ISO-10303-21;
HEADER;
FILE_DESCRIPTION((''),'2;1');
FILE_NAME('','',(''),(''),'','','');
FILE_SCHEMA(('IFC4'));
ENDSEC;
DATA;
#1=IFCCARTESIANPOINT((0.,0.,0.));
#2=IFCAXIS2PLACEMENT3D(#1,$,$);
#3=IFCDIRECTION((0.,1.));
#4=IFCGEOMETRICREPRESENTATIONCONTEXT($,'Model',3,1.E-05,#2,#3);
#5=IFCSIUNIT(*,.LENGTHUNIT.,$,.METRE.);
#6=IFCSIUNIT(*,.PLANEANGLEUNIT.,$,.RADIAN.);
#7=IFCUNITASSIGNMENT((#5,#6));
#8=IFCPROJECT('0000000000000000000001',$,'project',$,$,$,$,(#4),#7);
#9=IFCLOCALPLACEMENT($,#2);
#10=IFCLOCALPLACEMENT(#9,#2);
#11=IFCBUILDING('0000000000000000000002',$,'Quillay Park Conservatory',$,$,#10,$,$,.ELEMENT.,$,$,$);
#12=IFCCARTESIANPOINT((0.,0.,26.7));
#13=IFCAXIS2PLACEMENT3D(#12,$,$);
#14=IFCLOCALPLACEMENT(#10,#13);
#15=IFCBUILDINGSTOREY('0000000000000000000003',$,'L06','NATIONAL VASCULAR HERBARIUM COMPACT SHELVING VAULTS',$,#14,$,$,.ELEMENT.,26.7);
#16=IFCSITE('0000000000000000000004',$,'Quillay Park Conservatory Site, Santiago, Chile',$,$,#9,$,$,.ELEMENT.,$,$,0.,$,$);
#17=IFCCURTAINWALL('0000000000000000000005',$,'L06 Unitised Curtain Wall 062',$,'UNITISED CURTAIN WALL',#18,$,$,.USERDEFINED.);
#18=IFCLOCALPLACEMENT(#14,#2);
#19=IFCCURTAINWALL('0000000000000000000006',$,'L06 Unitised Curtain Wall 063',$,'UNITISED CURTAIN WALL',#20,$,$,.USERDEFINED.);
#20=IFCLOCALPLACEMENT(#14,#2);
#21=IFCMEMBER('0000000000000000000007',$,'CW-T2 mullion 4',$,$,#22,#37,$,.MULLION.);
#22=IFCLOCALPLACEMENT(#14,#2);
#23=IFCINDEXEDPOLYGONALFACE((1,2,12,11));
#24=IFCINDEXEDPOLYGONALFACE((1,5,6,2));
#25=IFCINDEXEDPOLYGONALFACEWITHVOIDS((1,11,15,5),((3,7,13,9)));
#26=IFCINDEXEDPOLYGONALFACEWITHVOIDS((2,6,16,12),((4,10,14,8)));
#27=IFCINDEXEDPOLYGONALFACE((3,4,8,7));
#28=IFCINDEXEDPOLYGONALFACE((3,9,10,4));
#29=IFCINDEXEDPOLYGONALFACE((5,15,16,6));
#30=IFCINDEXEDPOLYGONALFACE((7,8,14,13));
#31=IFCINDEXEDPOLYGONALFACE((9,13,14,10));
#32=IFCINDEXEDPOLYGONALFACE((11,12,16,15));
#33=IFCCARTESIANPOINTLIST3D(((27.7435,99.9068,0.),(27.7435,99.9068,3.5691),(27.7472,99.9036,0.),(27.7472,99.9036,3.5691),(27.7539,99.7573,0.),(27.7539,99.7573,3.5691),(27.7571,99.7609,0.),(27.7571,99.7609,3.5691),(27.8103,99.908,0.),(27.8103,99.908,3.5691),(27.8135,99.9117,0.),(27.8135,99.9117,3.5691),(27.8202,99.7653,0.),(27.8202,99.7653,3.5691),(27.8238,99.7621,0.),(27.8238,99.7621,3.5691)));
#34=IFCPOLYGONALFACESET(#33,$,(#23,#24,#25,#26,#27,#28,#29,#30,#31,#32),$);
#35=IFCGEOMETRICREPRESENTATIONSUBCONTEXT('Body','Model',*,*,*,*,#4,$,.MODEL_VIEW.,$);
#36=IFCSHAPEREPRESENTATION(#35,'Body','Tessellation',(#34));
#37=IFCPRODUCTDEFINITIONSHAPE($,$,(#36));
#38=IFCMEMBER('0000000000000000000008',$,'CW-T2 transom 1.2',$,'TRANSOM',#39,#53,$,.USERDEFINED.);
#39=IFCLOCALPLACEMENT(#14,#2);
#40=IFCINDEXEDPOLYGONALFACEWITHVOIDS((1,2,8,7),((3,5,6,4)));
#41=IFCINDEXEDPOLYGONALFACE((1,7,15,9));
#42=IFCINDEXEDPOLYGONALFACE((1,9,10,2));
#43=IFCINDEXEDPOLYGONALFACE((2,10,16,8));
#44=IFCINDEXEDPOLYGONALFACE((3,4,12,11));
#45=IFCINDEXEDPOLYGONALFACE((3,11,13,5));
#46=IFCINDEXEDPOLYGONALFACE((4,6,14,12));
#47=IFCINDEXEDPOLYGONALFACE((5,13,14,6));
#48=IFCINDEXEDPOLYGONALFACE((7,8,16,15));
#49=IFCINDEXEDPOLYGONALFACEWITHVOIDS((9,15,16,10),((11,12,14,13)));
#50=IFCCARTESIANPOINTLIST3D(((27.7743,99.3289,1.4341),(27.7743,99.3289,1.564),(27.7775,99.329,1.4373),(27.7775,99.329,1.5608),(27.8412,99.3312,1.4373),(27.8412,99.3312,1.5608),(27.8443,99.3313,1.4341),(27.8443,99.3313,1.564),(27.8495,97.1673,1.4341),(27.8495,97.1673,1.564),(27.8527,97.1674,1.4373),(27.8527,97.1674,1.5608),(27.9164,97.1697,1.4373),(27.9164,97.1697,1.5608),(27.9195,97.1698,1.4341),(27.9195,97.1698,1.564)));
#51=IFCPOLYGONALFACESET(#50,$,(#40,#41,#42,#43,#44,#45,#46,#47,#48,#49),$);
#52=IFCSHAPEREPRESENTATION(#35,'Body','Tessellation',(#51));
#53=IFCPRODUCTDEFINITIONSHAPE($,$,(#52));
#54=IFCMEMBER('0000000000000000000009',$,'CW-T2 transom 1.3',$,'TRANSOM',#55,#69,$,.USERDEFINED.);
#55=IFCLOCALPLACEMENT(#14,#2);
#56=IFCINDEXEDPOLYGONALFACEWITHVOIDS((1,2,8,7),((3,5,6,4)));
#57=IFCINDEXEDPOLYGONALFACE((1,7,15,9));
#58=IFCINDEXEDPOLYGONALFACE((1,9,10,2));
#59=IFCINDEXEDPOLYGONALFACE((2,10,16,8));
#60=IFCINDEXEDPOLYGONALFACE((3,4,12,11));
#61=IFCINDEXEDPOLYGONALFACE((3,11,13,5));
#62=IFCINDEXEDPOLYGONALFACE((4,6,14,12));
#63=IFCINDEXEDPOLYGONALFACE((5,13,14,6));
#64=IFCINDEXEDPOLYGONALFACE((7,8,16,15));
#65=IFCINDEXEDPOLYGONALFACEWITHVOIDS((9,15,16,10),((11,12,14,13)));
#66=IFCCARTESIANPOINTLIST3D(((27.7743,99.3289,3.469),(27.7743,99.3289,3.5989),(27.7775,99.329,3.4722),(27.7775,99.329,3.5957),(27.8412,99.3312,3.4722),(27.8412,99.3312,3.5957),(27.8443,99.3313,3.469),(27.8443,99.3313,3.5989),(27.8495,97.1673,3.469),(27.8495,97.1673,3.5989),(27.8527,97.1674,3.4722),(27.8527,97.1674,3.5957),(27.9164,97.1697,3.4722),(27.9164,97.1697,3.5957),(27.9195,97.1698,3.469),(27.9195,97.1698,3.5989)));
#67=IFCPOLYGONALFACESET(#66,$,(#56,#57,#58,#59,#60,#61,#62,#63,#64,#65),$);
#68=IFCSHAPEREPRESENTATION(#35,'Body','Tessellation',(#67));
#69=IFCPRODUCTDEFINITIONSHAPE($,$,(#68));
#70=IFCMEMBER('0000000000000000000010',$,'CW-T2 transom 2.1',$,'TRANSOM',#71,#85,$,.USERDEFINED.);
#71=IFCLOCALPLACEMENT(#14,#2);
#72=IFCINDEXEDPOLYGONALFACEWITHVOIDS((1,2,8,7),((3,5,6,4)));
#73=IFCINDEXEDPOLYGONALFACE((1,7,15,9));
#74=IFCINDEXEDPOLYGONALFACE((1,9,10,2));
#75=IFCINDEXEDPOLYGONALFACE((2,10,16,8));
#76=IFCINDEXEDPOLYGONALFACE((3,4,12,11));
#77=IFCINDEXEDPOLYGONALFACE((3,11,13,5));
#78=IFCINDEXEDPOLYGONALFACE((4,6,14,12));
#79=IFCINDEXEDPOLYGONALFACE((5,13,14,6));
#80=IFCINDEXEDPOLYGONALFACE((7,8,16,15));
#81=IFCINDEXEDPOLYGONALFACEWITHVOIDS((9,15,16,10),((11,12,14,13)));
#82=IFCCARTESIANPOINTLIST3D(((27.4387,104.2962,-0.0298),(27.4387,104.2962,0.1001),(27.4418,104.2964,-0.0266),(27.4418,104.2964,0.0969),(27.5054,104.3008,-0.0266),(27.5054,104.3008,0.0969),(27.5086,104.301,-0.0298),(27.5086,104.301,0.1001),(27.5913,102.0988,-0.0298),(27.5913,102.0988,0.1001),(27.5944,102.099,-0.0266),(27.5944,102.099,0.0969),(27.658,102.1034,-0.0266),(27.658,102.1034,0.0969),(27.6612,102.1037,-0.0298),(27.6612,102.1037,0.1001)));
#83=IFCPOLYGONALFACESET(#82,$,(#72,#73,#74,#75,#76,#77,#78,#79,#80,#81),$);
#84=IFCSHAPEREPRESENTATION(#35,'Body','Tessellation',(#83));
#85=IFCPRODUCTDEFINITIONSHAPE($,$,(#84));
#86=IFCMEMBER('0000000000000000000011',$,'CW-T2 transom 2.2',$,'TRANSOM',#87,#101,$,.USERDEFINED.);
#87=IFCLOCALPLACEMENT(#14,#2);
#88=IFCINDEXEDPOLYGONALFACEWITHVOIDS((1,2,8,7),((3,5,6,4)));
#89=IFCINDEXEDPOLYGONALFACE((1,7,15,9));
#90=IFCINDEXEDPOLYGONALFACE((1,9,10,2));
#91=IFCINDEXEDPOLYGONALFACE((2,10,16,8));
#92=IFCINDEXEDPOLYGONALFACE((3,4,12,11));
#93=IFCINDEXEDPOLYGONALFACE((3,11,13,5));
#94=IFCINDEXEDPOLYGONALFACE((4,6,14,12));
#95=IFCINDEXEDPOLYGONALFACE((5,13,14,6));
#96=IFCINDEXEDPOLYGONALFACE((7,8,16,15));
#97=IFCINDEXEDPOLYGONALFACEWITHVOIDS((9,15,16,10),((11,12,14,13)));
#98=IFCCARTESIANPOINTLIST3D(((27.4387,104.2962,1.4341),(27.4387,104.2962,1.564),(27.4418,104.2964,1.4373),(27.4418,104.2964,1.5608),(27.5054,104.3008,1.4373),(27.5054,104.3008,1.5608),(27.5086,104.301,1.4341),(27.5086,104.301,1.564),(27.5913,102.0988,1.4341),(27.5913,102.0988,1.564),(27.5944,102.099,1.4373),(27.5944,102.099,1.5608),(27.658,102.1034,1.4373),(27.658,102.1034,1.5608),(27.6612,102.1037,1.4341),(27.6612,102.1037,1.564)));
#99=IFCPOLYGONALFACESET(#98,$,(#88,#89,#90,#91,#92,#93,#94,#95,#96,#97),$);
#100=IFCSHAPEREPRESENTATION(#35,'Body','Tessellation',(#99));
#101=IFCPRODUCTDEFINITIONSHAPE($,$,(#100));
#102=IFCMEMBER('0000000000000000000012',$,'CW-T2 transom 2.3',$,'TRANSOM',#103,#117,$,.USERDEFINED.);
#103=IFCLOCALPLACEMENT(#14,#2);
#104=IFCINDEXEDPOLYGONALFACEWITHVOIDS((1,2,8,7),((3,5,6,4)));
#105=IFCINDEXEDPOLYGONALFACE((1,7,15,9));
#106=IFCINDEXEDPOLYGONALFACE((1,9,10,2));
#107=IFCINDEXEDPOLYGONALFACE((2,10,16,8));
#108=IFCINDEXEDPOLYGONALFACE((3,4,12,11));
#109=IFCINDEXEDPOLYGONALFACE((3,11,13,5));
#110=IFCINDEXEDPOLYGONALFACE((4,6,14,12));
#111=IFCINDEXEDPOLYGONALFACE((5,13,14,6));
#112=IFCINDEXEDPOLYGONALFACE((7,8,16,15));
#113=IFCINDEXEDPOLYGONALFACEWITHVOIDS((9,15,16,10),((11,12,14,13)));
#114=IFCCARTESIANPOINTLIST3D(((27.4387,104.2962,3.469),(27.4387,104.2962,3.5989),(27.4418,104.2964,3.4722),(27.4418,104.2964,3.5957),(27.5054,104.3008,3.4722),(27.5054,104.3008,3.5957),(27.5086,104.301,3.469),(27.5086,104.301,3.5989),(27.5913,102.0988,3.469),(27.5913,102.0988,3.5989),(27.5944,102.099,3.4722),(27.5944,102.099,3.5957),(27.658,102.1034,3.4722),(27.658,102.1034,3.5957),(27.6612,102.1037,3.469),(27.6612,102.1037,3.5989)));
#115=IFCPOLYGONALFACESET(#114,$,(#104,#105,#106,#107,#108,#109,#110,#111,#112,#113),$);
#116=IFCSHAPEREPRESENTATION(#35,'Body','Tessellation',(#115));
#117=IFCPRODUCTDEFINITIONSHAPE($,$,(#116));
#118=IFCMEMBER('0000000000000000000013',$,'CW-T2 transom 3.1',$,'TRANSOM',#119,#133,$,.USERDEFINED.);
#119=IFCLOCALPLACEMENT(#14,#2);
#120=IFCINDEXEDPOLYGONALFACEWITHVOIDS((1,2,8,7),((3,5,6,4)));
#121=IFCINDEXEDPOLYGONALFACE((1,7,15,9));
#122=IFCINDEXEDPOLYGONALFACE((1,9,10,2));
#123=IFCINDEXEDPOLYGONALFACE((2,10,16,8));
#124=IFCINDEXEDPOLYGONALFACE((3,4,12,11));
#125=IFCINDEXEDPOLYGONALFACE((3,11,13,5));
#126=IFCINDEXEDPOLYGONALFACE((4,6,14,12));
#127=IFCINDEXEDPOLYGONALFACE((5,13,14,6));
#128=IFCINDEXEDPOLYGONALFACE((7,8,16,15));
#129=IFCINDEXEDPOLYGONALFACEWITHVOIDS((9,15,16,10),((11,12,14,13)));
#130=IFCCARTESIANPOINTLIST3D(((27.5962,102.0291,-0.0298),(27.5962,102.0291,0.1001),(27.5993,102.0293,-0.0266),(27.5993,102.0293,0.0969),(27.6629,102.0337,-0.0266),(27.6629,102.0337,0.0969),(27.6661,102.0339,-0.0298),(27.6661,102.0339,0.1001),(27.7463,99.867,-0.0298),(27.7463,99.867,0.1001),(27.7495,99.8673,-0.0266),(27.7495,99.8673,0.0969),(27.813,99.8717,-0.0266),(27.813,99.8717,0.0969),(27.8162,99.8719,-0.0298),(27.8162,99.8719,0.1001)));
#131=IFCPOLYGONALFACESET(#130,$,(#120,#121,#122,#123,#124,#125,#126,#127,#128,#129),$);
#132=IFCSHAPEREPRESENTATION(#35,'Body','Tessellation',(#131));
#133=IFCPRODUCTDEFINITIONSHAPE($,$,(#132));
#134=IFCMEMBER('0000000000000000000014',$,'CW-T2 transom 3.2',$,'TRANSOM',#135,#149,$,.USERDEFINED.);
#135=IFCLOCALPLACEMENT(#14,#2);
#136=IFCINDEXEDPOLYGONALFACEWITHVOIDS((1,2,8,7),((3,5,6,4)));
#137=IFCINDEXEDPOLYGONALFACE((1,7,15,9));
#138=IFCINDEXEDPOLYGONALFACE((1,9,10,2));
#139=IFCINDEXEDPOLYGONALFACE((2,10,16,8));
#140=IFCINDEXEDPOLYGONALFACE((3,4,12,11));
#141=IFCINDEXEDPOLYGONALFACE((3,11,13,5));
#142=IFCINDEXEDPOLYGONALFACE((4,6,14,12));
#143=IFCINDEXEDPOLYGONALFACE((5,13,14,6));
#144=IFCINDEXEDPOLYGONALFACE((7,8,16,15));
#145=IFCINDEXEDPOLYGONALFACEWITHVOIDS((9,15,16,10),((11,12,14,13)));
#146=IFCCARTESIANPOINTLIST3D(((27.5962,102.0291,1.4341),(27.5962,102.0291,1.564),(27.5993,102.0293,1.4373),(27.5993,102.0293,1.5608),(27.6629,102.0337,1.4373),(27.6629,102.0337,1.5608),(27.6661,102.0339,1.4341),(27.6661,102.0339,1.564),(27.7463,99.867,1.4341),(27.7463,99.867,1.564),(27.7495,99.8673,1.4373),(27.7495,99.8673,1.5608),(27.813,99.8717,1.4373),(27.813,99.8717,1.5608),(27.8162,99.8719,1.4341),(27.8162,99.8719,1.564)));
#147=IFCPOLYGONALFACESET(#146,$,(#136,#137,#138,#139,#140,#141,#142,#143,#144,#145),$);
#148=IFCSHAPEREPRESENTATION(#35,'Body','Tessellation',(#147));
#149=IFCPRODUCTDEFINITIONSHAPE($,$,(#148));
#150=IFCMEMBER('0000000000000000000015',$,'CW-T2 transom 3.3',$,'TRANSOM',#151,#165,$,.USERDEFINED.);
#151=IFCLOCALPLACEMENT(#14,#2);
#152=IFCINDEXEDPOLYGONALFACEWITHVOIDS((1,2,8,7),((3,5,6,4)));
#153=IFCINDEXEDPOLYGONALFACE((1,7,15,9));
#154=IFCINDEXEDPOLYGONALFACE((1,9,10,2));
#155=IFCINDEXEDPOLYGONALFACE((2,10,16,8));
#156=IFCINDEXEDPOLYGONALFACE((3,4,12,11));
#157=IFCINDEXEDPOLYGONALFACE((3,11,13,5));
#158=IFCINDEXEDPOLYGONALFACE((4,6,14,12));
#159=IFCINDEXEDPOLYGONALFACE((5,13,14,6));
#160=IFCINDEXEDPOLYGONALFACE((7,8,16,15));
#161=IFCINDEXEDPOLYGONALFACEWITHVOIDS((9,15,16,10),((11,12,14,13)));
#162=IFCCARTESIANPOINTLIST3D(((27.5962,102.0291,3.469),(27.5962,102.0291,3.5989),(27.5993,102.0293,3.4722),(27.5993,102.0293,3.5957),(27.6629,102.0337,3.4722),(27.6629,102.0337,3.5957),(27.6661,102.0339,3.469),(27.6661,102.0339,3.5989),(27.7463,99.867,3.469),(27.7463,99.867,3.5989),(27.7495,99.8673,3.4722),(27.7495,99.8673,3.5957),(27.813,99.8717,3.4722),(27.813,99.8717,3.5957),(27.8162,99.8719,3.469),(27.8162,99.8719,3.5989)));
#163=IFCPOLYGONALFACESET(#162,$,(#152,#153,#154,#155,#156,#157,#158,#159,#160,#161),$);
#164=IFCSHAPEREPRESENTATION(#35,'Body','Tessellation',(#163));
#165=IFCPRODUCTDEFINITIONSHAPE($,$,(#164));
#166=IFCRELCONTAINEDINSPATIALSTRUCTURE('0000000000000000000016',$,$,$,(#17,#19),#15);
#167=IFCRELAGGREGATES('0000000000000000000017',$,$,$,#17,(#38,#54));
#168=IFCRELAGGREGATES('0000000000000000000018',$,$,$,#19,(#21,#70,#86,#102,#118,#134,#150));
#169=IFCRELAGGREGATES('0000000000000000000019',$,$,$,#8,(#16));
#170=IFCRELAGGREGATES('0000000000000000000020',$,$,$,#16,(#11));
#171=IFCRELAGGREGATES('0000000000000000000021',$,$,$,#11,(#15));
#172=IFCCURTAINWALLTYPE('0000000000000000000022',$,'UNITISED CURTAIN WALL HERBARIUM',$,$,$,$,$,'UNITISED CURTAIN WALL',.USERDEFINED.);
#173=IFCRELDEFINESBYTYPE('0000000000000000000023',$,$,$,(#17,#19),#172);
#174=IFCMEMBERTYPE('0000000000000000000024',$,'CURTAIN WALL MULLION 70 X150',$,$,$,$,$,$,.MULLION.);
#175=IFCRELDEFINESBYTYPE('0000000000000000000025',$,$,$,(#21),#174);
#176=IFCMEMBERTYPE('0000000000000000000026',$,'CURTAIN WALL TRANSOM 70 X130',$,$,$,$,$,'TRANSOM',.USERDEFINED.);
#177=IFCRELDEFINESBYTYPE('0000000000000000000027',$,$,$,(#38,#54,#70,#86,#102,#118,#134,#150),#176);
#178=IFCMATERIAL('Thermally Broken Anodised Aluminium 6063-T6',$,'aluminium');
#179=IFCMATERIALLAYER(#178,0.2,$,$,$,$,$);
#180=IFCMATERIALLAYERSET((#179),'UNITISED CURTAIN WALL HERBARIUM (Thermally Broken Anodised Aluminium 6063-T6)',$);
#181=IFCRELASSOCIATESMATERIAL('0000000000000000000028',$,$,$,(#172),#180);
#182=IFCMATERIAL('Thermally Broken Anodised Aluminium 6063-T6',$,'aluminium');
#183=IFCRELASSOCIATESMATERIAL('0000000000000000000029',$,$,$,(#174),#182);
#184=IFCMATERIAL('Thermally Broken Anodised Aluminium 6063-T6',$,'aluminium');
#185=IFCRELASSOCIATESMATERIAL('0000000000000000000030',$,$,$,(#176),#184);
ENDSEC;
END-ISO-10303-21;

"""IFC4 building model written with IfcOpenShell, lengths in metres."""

from ifc_helpers import new_model, si_unit, direction, frame, origin, origin_2d, place, context, subcontext, project, spatial, hollow_rectangle, extrude, material, layer, layer_set, material_profile, profile_set, type_object, element, aggregate, save


model = new_model("IFC4")

# Units and contexts
model_context = context("Model", 3, precision=1e-05, world=origin(), true_north=direction((0.0, 1.0)))
body_context = subcontext(model_context, "Body", "Model", "MODEL_VIEW")
ifc_project = project(units=[si_unit("LENGTHUNIT", "METRE"), si_unit("PLANEANGLEUNIT", "RADIAN")], contexts=[model_context])

# Site, building, storey
site_placement = place(None, origin())
site = spatial("IfcSite", under=ifc_project, at=site_placement, Name="Quillay Park Conservatory Site, Santiago, Chile", CompositionType="ELEMENT", RefElevation=0.0)
building_placement = place(site_placement, origin())
building = spatial("IfcBuilding", under=site, at=building_placement, Name="Quillay Park Conservatory", CompositionType="ELEMENT")
storey_placement = place(building_placement, frame((0.0, 0.0, 26.7)))
storey = spatial("IfcBuildingStorey", under=building, at=storey_placement, Name="L06", Description="NATIONAL VASCULAR HERBARIUM COMPACT SHELVING VAULTS", CompositionType="ELEMENT", Elevation=26.7)

# Curtain wall
ifc_material_1 = material(Name="Thermally Broken Anodised Aluminium 6063-T6", Category="aluminium")
ifc_layer_1 = layer(ifc_material_1, 0.2)
ifc_layer_set_1 = layer_set([ifc_layer_1], Name="UNITISED CURTAIN WALL HERBARIUM (Thermally Broken Anodised Aluminium 6063-T6)")
curtain_wall_type = type_object("IfcCurtainWallType", Name="UNITISED CURTAIN WALL HERBARIUM", ElementType="UNITISED CURTAIN WALL", PredefinedType="USERDEFINED", material=ifc_layer_set_1)
curtain_wall_1_placement = place(storey_placement, origin())
curtain_wall_1 = element("IfcCurtainWall", 1, at=curtain_wall_1_placement, inside=storey, type_object=curtain_wall_type, Name="L06 Unitised Curtain Wall 062", ObjectType="UNITISED CURTAIN WALL", PredefinedType="USERDEFINED")
ifc_material_2 = material(Name="Thermally Broken Anodised Aluminium 6063-T6", Category="aluminium")
ifc_material_profile_1 = material_profile(ifc_material_2, hollow_rectangle(XDim=0.0701, YDim=0.1499, WallThickness=0.0034, at=origin_2d()), Name="AL70x150x3.5")
ifc_profile_set_1 = profile_set([ifc_material_profile_1], Name="Thermally Broken Anodised Aluminium 6063-T6")
member_type_1 = type_object("IfcMemberType", Name="CURTAIN WALL MULLION 70 X150", PredefinedType="MULLION", material=ifc_profile_set_1)

# Curtain wall, member
curtain_wall_2_placement = place(storey_placement, origin())
curtain_wall_2 = element("IfcCurtainWall", 2, at=curtain_wall_2_placement, inside=storey, type_object=curtain_wall_type, Name="L06 Unitised Curtain Wall 063", ObjectType="UNITISED CURTAIN WALL", PredefinedType="USERDEFINED")
member_1_placement = place(storey_placement, frame((27.7837, 99.8345, 0.0), z_axis=(0.0, 0.0, 1.0), x_axis=(0.997598, 0.069264, 0.0)))
member_1 = element("IfcMember", 3, at=member_1_placement, type_object=member_type_1, Name="CW-T2 mullion 4", PredefinedType="MULLION", context=body_context, shape_type="SweptSolid", body=[
    extrude(hollow_rectangle(XDim=0.0701, YDim=0.1499, WallThickness=0.0034, at=origin_2d()), origin(), (0.0, 0.0, 1.0), 3.5691),
])

# Members
ifc_material_3 = material(Name="Thermally Broken Anodised Aluminium 6063-T6", Category="aluminium")
ifc_material_profile_2 = material_profile(ifc_material_3, hollow_rectangle(XDim=0.0701, YDim=0.1299, WallThickness=0.0032, at=origin_2d()), Name="AL70x130x3.2")
ifc_profile_set_2 = profile_set([ifc_material_profile_2], Name="Thermally Broken Anodised Aluminium 6063-T6")
member_type_2 = type_object("IfcMemberType", Name="CURTAIN WALL TRANSOM 70 X130", ElementType="TRANSOM", PredefinedType="USERDEFINED", material=ifc_profile_set_2)
member_2_placement = place(storey_placement, frame((27.8093, 99.3301, 1.499), z_axis=(0.034766, -0.999395, 0.0), x_axis=(0.999395, 0.034766, 0.0)))
member_2 = element("IfcMember", 4, at=member_2_placement, type_object=member_type_2, Name="CW-T2 transom 1.2", ObjectType="TRANSOM", PredefinedType="USERDEFINED", context=body_context, shape_type="SweptSolid", body=[
    extrude(hollow_rectangle(XDim=0.0701, YDim=0.1299, WallThickness=0.0032, at=origin_2d()), origin(), (0.0, 0.0, 1.0), 2.1628),
])
member_3_placement = place(storey_placement, frame((27.8093, 99.3301, 3.5339), z_axis=(0.034766, -0.999395, 0.0), x_axis=(0.999395, 0.034766, 0.0)))
member_3 = element("IfcMember", 5, at=member_3_placement, type_object=member_type_2, Name="CW-T2 transom 1.3", ObjectType="TRANSOM", PredefinedType="USERDEFINED", context=body_context, shape_type="SweptSolid", body=[
    extrude(hollow_rectangle(XDim=0.0701, YDim=0.1299, WallThickness=0.0032, at=origin_2d()), origin(), (0.0, 0.0, 1.0), 2.1628),
])
aggregate(curtain_wall_1, [member_2, member_3])
member_4_placement = place(storey_placement, frame((27.4736, 104.2986, 0.0352), z_axis=(0.069278, -0.997597, 0.0), x_axis=(0.997597, 0.069278, 0.0)))
member_4 = element("IfcMember", 6, at=member_4_placement, type_object=member_type_2, Name="CW-T2 transom 2.1", ObjectType="TRANSOM", PredefinedType="USERDEFINED", context=body_context, shape_type="SweptSolid", body=[
    extrude(hollow_rectangle(XDim=0.0701, YDim=0.1299, WallThickness=0.0032, at=origin_2d()), origin(), (0.0, 0.0, 1.0), 2.2026),
])
member_5_placement = place(storey_placement, frame((27.4736, 104.2986, 1.499), z_axis=(0.069278, -0.997597, 0.0), x_axis=(0.997597, 0.069278, 0.0)))
member_5 = element("IfcMember", 7, at=member_5_placement, type_object=member_type_2, Name="CW-T2 transom 2.2", ObjectType="TRANSOM", PredefinedType="USERDEFINED", context=body_context, shape_type="SweptSolid", body=[
    extrude(hollow_rectangle(XDim=0.0701, YDim=0.1299, WallThickness=0.0032, at=origin_2d()), origin(), (0.0, 0.0, 1.0), 2.2026),
])
member_6_placement = place(storey_placement, frame((27.4736, 104.2986, 3.5339), z_axis=(0.069278, -0.997597, 0.0), x_axis=(0.997597, 0.069278, 0.0)))
member_6 = element("IfcMember", 8, at=member_6_placement, type_object=member_type_2, Name="CW-T2 transom 2.3", ObjectType="TRANSOM", PredefinedType="USERDEFINED", context=body_context, shape_type="SweptSolid", body=[
    extrude(hollow_rectangle(XDim=0.0701, YDim=0.1299, WallThickness=0.0032, at=origin_2d()), origin(), (0.0, 0.0, 1.0), 2.2026),
])
member_7_placement = place(storey_placement, frame((27.6311, 102.0315, 0.0352), z_axis=(0.069278, -0.997597, 0.0), x_axis=(0.997597, 0.069278, 0.0)))
member_7 = element("IfcMember", 9, at=member_7_placement, type_object=member_type_2, Name="CW-T2 transom 3.1", ObjectType="TRANSOM", PredefinedType="USERDEFINED", context=body_context, shape_type="SweptSolid", body=[
    extrude(hollow_rectangle(XDim=0.0701, YDim=0.1299, WallThickness=0.0032, at=origin_2d()), origin(), (0.0, 0.0, 1.0), 2.1672),
])
member_8_placement = place(storey_placement, frame((27.6311, 102.0315, 1.499), z_axis=(0.069278, -0.997597, 0.0), x_axis=(0.997597, 0.069278, 0.0)))
member_8 = element("IfcMember", 10, at=member_8_placement, type_object=member_type_2, Name="CW-T2 transom 3.2", ObjectType="TRANSOM", PredefinedType="USERDEFINED", context=body_context, shape_type="SweptSolid", body=[
    extrude(hollow_rectangle(XDim=0.0701, YDim=0.1299, WallThickness=0.0032, at=origin_2d()), origin(), (0.0, 0.0, 1.0), 2.1672),
])
member_9_placement = place(storey_placement, frame((27.6311, 102.0315, 3.5339), z_axis=(0.069278, -0.997597, 0.0), x_axis=(0.997597, 0.069278, 0.0)))
member_9 = element("IfcMember", 11, at=member_9_placement, type_object=member_type_2, Name="CW-T2 transom 3.3", ObjectType="TRANSOM", PredefinedType="USERDEFINED", context=body_context, shape_type="SweptSolid", body=[
    extrude(hollow_rectangle(XDim=0.0701, YDim=0.1299, WallThickness=0.0032, at=origin_2d()), origin(), (0.0, 0.0, 1.0), 2.1672),
])

aggregate(curtain_wall_2, [member_1, member_4, member_5, member_6, member_7, member_8, member_9])

save(model, "model.ifc")
